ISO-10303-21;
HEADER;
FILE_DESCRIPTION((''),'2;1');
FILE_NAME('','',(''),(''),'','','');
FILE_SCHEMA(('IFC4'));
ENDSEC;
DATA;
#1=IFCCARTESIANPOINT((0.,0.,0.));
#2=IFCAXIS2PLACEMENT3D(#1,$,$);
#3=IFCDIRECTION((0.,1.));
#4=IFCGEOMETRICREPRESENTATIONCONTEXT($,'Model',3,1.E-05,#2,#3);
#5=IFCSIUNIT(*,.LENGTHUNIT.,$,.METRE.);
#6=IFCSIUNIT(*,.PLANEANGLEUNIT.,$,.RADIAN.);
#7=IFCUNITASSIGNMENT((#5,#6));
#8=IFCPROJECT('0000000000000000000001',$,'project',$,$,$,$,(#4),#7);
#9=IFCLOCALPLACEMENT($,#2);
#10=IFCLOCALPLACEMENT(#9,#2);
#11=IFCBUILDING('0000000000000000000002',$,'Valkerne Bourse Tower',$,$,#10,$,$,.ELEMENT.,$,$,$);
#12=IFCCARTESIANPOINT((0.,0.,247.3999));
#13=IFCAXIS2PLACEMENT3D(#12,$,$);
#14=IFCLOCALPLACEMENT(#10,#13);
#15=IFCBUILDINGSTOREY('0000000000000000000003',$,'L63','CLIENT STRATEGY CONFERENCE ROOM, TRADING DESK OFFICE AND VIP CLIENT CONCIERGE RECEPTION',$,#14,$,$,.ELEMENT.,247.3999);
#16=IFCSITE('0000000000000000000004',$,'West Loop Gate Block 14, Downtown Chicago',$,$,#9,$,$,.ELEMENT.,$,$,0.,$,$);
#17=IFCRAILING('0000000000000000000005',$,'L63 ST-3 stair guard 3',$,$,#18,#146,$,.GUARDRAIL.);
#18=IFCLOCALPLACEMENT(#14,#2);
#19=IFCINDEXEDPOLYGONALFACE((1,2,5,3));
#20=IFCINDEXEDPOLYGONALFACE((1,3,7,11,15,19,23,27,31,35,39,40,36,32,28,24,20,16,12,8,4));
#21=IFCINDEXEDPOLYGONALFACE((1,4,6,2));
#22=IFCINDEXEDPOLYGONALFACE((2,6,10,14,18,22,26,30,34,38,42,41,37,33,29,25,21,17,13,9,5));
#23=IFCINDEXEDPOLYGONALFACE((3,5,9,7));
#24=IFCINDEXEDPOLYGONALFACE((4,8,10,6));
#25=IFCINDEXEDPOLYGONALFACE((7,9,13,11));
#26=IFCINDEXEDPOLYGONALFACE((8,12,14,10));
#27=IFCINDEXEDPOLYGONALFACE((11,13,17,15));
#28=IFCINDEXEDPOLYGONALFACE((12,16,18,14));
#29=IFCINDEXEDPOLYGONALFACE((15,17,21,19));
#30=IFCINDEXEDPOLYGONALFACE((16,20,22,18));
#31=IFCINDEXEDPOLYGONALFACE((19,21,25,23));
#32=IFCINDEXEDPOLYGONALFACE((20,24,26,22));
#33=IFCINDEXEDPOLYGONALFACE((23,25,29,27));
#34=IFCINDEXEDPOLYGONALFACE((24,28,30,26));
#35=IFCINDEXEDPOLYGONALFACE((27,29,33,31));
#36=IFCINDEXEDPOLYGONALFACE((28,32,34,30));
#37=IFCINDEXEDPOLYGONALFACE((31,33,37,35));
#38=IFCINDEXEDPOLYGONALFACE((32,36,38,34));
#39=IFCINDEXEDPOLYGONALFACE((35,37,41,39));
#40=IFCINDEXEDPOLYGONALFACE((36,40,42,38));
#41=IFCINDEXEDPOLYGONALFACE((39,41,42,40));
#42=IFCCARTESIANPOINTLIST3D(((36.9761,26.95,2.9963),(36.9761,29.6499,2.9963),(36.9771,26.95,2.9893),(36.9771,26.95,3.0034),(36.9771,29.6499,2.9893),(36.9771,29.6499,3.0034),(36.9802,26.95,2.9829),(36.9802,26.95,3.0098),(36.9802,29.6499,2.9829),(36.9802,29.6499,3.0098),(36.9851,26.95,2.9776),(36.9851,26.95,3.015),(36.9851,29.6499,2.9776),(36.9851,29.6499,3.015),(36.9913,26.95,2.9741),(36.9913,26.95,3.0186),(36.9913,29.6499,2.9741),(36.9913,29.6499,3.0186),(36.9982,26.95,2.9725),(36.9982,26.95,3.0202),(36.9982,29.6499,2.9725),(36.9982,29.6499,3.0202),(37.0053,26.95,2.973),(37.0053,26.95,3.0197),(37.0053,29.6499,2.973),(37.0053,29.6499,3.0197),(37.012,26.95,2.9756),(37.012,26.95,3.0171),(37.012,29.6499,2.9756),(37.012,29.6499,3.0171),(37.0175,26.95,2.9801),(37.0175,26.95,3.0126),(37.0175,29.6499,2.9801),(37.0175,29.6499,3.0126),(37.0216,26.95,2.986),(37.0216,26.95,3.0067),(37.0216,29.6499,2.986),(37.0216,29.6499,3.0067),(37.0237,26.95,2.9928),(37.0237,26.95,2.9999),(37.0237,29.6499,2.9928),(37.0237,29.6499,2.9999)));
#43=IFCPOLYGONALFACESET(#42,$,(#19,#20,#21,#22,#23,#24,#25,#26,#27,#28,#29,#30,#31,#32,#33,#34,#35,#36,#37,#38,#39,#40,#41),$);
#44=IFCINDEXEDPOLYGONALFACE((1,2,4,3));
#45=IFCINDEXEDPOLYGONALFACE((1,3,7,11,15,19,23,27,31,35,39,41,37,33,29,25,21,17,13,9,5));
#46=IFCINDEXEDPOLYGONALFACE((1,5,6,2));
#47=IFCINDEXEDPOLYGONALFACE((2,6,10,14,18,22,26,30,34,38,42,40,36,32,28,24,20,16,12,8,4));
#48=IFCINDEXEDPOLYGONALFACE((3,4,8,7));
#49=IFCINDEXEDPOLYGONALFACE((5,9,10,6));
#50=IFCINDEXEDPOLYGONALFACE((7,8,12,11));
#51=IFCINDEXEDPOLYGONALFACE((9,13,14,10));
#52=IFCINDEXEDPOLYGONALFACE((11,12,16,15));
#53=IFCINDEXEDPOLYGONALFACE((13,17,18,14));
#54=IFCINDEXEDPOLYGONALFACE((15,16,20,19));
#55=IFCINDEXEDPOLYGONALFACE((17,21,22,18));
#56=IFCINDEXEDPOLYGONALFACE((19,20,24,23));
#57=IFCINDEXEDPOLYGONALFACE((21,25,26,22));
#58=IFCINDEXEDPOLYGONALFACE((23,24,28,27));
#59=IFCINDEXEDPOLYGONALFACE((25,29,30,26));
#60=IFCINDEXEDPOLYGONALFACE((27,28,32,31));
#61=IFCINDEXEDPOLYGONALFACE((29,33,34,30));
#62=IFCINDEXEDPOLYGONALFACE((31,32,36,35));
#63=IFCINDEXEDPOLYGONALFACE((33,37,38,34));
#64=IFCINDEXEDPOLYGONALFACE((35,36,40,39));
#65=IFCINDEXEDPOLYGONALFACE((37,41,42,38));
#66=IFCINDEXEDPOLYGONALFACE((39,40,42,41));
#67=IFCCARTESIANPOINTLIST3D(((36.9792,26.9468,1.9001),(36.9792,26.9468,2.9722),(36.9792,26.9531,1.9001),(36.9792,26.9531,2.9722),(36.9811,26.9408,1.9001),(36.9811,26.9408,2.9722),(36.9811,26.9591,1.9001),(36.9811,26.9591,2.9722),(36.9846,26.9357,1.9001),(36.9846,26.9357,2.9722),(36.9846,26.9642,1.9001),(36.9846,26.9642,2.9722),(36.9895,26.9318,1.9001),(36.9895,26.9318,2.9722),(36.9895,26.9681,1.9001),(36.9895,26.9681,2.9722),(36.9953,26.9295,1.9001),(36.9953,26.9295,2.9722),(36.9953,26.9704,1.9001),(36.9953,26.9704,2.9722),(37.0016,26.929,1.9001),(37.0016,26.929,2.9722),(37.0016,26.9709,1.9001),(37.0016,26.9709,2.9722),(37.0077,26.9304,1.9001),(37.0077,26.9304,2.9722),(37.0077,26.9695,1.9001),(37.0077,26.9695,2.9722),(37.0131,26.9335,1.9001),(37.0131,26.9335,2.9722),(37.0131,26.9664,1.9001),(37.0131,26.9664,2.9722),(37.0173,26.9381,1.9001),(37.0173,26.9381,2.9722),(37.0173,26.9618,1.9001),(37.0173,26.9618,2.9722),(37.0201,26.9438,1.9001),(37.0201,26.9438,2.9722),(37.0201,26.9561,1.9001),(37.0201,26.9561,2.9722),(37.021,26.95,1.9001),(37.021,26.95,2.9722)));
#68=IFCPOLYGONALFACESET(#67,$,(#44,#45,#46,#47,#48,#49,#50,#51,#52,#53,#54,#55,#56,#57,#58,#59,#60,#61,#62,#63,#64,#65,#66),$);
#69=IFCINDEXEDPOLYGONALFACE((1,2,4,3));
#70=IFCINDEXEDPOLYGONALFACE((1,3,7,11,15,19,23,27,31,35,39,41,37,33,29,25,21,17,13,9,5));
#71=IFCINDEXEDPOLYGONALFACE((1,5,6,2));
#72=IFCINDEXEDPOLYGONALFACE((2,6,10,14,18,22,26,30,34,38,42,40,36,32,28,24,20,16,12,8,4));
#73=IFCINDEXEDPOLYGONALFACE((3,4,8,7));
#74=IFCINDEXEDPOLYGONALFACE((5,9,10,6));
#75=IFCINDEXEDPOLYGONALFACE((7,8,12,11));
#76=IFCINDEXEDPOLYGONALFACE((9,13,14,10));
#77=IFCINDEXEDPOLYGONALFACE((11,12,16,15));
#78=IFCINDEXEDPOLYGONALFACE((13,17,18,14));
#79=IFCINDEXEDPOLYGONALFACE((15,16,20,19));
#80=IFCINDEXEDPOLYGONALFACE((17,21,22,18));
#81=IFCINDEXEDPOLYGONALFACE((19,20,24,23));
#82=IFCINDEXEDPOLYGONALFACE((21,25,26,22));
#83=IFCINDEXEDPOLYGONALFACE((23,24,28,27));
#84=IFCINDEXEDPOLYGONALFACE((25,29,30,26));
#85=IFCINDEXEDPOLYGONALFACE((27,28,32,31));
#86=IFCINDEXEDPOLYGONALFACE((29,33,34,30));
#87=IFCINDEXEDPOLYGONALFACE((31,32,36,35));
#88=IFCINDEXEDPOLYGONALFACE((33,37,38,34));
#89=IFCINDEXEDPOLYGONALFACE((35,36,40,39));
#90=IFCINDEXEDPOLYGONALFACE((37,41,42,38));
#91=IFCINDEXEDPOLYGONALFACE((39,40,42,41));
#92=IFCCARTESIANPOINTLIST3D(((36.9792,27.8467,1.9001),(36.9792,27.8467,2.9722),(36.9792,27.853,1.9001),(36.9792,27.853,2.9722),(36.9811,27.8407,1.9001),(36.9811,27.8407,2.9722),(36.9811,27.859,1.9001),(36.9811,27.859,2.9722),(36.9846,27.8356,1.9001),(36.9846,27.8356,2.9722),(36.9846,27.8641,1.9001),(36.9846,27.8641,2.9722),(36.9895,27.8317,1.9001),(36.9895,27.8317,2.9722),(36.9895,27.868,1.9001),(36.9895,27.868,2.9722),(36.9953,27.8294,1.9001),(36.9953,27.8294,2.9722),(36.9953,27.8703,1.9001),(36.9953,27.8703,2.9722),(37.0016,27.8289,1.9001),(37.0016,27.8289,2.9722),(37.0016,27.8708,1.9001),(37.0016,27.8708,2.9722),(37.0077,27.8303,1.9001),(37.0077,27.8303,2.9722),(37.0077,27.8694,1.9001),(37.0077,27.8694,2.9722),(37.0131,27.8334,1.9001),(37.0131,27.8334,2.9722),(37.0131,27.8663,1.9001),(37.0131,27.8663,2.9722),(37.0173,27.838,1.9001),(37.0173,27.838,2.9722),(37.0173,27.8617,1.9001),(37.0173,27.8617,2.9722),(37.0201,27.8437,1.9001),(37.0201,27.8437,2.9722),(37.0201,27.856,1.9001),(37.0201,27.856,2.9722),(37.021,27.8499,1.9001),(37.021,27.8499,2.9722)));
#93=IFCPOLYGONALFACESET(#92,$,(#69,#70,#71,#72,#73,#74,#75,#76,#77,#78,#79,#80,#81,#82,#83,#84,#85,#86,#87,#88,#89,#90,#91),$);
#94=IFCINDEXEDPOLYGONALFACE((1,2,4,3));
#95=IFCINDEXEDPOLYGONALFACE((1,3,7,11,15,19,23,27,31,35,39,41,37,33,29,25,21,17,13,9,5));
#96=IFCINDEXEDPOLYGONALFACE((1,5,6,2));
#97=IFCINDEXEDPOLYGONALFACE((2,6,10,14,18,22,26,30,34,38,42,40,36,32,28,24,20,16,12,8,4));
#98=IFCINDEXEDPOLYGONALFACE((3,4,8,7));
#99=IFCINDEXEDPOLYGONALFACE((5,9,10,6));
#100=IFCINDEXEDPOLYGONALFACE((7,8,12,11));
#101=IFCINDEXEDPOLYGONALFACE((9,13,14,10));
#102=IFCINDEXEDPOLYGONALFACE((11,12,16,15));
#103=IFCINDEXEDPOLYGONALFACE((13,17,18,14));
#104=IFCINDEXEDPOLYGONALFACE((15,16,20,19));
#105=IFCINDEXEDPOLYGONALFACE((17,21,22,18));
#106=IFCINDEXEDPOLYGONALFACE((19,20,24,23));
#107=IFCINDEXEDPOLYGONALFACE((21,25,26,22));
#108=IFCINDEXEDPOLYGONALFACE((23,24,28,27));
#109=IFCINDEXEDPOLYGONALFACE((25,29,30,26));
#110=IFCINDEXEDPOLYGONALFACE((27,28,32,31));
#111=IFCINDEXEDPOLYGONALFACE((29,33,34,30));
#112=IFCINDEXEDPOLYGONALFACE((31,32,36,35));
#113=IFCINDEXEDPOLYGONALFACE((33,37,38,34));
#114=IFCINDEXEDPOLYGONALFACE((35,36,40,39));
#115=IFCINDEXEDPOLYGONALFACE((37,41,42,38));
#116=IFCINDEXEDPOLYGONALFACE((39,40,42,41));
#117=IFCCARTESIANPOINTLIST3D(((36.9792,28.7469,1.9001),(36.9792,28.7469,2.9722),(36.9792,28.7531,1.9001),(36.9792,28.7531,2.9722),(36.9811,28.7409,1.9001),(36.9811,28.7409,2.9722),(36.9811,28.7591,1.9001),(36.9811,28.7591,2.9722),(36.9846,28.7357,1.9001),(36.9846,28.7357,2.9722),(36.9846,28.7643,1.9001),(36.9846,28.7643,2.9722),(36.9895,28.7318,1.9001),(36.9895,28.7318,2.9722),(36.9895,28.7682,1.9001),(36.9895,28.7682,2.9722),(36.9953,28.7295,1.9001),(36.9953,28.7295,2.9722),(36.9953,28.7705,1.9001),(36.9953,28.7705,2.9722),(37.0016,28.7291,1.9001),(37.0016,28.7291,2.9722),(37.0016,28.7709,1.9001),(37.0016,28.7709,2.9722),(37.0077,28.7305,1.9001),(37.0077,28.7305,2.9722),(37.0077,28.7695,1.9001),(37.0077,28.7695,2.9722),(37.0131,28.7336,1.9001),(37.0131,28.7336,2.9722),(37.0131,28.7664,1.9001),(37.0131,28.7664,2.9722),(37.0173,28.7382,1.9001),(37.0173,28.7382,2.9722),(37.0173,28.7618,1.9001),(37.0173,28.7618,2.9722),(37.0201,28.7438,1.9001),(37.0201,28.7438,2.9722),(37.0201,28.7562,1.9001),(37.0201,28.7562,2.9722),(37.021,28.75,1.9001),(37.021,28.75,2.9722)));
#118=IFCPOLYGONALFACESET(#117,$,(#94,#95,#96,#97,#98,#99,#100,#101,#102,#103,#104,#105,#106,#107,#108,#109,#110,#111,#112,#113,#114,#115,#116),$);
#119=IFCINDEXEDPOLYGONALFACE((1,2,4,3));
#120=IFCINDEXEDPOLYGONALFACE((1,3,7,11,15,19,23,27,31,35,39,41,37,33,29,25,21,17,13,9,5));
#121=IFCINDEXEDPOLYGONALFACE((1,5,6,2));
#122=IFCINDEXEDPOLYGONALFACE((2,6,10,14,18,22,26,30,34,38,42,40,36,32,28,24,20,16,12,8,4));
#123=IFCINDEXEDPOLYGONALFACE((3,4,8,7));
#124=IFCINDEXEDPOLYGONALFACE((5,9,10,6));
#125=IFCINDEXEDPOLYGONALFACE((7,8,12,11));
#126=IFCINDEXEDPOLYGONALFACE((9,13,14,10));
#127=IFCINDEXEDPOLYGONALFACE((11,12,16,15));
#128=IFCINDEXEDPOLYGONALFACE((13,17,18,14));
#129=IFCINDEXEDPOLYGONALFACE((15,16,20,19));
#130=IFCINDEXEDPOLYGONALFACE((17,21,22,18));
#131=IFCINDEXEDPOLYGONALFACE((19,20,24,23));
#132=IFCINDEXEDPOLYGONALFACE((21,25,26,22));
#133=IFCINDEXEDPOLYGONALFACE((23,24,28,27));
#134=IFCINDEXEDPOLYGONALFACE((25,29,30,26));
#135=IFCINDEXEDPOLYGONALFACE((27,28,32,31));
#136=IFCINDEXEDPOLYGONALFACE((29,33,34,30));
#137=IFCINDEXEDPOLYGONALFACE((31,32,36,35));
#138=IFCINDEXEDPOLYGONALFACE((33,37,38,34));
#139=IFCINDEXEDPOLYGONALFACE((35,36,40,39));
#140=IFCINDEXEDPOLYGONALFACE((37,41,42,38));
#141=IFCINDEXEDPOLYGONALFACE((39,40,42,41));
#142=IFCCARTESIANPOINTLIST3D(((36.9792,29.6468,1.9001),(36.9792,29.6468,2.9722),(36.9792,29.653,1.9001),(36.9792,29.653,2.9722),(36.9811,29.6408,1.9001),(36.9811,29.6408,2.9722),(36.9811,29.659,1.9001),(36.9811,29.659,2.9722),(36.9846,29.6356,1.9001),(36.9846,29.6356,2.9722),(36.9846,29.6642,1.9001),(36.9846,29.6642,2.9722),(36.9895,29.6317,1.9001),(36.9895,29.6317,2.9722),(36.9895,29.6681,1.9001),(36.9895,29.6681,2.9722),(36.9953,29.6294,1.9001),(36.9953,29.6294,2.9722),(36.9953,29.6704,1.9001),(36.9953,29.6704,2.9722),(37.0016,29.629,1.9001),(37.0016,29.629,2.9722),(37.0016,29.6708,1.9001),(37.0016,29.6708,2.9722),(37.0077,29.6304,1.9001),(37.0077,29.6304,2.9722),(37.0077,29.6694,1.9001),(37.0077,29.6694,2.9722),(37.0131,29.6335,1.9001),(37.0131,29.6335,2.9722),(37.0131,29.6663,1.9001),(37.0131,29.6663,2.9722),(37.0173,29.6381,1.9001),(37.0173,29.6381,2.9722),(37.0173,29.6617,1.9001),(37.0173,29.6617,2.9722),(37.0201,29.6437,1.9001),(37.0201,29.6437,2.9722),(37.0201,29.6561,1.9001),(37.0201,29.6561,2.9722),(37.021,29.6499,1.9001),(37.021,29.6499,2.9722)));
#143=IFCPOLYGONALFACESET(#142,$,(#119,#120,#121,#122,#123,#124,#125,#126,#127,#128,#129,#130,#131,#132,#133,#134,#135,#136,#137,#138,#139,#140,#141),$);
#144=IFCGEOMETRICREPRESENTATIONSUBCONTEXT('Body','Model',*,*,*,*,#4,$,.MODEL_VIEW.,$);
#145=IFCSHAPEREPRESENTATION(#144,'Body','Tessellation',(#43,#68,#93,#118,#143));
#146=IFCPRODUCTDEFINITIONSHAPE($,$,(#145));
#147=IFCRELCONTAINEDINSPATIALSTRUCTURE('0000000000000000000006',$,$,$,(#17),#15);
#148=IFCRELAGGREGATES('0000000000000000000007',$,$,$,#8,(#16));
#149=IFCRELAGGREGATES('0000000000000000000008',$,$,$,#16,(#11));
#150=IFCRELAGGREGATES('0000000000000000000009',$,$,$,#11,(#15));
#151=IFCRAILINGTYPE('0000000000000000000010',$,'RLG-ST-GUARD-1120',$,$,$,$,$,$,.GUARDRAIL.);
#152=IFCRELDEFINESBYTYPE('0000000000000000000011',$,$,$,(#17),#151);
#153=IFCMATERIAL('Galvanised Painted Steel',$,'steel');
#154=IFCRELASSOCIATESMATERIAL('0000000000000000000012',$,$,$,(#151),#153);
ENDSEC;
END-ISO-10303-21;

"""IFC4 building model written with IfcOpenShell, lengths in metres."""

from ifc_helpers import new_model, si_unit, direction, frame, origin, origin_2d, place, context, subcontext, project, spatial, circle, extrude, material, type_object, element, save


model = new_model("IFC4")

# Units and contexts
model_context = context("Model", 3, precision=1e-05, world=origin(), true_north=direction((0.0, 1.0)))
body_context = subcontext(model_context, "Body", "Model", "MODEL_VIEW")
ifc_project = project(units=[si_unit("LENGTHUNIT", "METRE"), si_unit("PLANEANGLEUNIT", "RADIAN")], contexts=[model_context])

# Site, building, storey
site_placement = place(None, origin())
site = spatial("IfcSite", under=ifc_project, at=site_placement, Name="West Loop Gate Block 14, Downtown Chicago", CompositionType="ELEMENT", RefElevation=0.0)
building_placement = place(site_placement, origin())
building = spatial("IfcBuilding", under=site, at=building_placement, Name="Valkerne Bourse Tower", CompositionType="ELEMENT")
storey_placement = place(building_placement, frame((0.0, 0.0, 247.3999)))
storey = spatial("IfcBuildingStorey", under=building, at=storey_placement, Name="L63", Description="CLIENT STRATEGY CONFERENCE ROOM, TRADING DESK OFFICE AND VIP CLIENT CONCIERGE RECEPTION", CompositionType="ELEMENT", Elevation=247.3999)

# Railing
ifc_material_1 = material(Name="Galvanised Painted Steel", Category="steel")
railing_type_1 = type_object("IfcRailingType", Name="RLG-ST-GUARD-1120", PredefinedType="GUARDRAIL", material=ifc_material_1)
railing_1_placement = place(storey_placement, frame((37.0, 26.95, 1.9001)))
element("IfcRailing", 1, at=railing_1_placement, inside=storey, type_object=railing_type_1, Name="L63 ST-3 stair guard 3", PredefinedType="GUARDRAIL", context=body_context, shape_type="SweptSolid", body=[
    extrude(circle(Radius=0.0239, at=origin_2d()), frame((0.0, 0.0, 1.0962), z_axis=(0.0, 1.0, 0.0), x_axis=(-1.0, 0.0, 0.0)), (0.0, 0.0, 1.0), 2.7),
    extrude(circle(Radius=0.021, at=origin_2d()), origin(), (0.0, 0.0, 1.0), 1.072),
    extrude(circle(Radius=0.021, at=origin_2d()), frame((0.0, 0.8999, 0.0)), (0.0, 0.0, 1.0), 1.072),
    extrude(circle(Radius=0.021, at=origin_2d()), frame((0.0, 1.8, 0.0)), (0.0, 0.0, 1.0), 1.072),
    extrude(circle(Radius=0.021, at=origin_2d()), frame((0.0, 2.7, 0.0)), (0.0, 0.0, 1.0), 1.072),
])

save(model, "model.ifc")
